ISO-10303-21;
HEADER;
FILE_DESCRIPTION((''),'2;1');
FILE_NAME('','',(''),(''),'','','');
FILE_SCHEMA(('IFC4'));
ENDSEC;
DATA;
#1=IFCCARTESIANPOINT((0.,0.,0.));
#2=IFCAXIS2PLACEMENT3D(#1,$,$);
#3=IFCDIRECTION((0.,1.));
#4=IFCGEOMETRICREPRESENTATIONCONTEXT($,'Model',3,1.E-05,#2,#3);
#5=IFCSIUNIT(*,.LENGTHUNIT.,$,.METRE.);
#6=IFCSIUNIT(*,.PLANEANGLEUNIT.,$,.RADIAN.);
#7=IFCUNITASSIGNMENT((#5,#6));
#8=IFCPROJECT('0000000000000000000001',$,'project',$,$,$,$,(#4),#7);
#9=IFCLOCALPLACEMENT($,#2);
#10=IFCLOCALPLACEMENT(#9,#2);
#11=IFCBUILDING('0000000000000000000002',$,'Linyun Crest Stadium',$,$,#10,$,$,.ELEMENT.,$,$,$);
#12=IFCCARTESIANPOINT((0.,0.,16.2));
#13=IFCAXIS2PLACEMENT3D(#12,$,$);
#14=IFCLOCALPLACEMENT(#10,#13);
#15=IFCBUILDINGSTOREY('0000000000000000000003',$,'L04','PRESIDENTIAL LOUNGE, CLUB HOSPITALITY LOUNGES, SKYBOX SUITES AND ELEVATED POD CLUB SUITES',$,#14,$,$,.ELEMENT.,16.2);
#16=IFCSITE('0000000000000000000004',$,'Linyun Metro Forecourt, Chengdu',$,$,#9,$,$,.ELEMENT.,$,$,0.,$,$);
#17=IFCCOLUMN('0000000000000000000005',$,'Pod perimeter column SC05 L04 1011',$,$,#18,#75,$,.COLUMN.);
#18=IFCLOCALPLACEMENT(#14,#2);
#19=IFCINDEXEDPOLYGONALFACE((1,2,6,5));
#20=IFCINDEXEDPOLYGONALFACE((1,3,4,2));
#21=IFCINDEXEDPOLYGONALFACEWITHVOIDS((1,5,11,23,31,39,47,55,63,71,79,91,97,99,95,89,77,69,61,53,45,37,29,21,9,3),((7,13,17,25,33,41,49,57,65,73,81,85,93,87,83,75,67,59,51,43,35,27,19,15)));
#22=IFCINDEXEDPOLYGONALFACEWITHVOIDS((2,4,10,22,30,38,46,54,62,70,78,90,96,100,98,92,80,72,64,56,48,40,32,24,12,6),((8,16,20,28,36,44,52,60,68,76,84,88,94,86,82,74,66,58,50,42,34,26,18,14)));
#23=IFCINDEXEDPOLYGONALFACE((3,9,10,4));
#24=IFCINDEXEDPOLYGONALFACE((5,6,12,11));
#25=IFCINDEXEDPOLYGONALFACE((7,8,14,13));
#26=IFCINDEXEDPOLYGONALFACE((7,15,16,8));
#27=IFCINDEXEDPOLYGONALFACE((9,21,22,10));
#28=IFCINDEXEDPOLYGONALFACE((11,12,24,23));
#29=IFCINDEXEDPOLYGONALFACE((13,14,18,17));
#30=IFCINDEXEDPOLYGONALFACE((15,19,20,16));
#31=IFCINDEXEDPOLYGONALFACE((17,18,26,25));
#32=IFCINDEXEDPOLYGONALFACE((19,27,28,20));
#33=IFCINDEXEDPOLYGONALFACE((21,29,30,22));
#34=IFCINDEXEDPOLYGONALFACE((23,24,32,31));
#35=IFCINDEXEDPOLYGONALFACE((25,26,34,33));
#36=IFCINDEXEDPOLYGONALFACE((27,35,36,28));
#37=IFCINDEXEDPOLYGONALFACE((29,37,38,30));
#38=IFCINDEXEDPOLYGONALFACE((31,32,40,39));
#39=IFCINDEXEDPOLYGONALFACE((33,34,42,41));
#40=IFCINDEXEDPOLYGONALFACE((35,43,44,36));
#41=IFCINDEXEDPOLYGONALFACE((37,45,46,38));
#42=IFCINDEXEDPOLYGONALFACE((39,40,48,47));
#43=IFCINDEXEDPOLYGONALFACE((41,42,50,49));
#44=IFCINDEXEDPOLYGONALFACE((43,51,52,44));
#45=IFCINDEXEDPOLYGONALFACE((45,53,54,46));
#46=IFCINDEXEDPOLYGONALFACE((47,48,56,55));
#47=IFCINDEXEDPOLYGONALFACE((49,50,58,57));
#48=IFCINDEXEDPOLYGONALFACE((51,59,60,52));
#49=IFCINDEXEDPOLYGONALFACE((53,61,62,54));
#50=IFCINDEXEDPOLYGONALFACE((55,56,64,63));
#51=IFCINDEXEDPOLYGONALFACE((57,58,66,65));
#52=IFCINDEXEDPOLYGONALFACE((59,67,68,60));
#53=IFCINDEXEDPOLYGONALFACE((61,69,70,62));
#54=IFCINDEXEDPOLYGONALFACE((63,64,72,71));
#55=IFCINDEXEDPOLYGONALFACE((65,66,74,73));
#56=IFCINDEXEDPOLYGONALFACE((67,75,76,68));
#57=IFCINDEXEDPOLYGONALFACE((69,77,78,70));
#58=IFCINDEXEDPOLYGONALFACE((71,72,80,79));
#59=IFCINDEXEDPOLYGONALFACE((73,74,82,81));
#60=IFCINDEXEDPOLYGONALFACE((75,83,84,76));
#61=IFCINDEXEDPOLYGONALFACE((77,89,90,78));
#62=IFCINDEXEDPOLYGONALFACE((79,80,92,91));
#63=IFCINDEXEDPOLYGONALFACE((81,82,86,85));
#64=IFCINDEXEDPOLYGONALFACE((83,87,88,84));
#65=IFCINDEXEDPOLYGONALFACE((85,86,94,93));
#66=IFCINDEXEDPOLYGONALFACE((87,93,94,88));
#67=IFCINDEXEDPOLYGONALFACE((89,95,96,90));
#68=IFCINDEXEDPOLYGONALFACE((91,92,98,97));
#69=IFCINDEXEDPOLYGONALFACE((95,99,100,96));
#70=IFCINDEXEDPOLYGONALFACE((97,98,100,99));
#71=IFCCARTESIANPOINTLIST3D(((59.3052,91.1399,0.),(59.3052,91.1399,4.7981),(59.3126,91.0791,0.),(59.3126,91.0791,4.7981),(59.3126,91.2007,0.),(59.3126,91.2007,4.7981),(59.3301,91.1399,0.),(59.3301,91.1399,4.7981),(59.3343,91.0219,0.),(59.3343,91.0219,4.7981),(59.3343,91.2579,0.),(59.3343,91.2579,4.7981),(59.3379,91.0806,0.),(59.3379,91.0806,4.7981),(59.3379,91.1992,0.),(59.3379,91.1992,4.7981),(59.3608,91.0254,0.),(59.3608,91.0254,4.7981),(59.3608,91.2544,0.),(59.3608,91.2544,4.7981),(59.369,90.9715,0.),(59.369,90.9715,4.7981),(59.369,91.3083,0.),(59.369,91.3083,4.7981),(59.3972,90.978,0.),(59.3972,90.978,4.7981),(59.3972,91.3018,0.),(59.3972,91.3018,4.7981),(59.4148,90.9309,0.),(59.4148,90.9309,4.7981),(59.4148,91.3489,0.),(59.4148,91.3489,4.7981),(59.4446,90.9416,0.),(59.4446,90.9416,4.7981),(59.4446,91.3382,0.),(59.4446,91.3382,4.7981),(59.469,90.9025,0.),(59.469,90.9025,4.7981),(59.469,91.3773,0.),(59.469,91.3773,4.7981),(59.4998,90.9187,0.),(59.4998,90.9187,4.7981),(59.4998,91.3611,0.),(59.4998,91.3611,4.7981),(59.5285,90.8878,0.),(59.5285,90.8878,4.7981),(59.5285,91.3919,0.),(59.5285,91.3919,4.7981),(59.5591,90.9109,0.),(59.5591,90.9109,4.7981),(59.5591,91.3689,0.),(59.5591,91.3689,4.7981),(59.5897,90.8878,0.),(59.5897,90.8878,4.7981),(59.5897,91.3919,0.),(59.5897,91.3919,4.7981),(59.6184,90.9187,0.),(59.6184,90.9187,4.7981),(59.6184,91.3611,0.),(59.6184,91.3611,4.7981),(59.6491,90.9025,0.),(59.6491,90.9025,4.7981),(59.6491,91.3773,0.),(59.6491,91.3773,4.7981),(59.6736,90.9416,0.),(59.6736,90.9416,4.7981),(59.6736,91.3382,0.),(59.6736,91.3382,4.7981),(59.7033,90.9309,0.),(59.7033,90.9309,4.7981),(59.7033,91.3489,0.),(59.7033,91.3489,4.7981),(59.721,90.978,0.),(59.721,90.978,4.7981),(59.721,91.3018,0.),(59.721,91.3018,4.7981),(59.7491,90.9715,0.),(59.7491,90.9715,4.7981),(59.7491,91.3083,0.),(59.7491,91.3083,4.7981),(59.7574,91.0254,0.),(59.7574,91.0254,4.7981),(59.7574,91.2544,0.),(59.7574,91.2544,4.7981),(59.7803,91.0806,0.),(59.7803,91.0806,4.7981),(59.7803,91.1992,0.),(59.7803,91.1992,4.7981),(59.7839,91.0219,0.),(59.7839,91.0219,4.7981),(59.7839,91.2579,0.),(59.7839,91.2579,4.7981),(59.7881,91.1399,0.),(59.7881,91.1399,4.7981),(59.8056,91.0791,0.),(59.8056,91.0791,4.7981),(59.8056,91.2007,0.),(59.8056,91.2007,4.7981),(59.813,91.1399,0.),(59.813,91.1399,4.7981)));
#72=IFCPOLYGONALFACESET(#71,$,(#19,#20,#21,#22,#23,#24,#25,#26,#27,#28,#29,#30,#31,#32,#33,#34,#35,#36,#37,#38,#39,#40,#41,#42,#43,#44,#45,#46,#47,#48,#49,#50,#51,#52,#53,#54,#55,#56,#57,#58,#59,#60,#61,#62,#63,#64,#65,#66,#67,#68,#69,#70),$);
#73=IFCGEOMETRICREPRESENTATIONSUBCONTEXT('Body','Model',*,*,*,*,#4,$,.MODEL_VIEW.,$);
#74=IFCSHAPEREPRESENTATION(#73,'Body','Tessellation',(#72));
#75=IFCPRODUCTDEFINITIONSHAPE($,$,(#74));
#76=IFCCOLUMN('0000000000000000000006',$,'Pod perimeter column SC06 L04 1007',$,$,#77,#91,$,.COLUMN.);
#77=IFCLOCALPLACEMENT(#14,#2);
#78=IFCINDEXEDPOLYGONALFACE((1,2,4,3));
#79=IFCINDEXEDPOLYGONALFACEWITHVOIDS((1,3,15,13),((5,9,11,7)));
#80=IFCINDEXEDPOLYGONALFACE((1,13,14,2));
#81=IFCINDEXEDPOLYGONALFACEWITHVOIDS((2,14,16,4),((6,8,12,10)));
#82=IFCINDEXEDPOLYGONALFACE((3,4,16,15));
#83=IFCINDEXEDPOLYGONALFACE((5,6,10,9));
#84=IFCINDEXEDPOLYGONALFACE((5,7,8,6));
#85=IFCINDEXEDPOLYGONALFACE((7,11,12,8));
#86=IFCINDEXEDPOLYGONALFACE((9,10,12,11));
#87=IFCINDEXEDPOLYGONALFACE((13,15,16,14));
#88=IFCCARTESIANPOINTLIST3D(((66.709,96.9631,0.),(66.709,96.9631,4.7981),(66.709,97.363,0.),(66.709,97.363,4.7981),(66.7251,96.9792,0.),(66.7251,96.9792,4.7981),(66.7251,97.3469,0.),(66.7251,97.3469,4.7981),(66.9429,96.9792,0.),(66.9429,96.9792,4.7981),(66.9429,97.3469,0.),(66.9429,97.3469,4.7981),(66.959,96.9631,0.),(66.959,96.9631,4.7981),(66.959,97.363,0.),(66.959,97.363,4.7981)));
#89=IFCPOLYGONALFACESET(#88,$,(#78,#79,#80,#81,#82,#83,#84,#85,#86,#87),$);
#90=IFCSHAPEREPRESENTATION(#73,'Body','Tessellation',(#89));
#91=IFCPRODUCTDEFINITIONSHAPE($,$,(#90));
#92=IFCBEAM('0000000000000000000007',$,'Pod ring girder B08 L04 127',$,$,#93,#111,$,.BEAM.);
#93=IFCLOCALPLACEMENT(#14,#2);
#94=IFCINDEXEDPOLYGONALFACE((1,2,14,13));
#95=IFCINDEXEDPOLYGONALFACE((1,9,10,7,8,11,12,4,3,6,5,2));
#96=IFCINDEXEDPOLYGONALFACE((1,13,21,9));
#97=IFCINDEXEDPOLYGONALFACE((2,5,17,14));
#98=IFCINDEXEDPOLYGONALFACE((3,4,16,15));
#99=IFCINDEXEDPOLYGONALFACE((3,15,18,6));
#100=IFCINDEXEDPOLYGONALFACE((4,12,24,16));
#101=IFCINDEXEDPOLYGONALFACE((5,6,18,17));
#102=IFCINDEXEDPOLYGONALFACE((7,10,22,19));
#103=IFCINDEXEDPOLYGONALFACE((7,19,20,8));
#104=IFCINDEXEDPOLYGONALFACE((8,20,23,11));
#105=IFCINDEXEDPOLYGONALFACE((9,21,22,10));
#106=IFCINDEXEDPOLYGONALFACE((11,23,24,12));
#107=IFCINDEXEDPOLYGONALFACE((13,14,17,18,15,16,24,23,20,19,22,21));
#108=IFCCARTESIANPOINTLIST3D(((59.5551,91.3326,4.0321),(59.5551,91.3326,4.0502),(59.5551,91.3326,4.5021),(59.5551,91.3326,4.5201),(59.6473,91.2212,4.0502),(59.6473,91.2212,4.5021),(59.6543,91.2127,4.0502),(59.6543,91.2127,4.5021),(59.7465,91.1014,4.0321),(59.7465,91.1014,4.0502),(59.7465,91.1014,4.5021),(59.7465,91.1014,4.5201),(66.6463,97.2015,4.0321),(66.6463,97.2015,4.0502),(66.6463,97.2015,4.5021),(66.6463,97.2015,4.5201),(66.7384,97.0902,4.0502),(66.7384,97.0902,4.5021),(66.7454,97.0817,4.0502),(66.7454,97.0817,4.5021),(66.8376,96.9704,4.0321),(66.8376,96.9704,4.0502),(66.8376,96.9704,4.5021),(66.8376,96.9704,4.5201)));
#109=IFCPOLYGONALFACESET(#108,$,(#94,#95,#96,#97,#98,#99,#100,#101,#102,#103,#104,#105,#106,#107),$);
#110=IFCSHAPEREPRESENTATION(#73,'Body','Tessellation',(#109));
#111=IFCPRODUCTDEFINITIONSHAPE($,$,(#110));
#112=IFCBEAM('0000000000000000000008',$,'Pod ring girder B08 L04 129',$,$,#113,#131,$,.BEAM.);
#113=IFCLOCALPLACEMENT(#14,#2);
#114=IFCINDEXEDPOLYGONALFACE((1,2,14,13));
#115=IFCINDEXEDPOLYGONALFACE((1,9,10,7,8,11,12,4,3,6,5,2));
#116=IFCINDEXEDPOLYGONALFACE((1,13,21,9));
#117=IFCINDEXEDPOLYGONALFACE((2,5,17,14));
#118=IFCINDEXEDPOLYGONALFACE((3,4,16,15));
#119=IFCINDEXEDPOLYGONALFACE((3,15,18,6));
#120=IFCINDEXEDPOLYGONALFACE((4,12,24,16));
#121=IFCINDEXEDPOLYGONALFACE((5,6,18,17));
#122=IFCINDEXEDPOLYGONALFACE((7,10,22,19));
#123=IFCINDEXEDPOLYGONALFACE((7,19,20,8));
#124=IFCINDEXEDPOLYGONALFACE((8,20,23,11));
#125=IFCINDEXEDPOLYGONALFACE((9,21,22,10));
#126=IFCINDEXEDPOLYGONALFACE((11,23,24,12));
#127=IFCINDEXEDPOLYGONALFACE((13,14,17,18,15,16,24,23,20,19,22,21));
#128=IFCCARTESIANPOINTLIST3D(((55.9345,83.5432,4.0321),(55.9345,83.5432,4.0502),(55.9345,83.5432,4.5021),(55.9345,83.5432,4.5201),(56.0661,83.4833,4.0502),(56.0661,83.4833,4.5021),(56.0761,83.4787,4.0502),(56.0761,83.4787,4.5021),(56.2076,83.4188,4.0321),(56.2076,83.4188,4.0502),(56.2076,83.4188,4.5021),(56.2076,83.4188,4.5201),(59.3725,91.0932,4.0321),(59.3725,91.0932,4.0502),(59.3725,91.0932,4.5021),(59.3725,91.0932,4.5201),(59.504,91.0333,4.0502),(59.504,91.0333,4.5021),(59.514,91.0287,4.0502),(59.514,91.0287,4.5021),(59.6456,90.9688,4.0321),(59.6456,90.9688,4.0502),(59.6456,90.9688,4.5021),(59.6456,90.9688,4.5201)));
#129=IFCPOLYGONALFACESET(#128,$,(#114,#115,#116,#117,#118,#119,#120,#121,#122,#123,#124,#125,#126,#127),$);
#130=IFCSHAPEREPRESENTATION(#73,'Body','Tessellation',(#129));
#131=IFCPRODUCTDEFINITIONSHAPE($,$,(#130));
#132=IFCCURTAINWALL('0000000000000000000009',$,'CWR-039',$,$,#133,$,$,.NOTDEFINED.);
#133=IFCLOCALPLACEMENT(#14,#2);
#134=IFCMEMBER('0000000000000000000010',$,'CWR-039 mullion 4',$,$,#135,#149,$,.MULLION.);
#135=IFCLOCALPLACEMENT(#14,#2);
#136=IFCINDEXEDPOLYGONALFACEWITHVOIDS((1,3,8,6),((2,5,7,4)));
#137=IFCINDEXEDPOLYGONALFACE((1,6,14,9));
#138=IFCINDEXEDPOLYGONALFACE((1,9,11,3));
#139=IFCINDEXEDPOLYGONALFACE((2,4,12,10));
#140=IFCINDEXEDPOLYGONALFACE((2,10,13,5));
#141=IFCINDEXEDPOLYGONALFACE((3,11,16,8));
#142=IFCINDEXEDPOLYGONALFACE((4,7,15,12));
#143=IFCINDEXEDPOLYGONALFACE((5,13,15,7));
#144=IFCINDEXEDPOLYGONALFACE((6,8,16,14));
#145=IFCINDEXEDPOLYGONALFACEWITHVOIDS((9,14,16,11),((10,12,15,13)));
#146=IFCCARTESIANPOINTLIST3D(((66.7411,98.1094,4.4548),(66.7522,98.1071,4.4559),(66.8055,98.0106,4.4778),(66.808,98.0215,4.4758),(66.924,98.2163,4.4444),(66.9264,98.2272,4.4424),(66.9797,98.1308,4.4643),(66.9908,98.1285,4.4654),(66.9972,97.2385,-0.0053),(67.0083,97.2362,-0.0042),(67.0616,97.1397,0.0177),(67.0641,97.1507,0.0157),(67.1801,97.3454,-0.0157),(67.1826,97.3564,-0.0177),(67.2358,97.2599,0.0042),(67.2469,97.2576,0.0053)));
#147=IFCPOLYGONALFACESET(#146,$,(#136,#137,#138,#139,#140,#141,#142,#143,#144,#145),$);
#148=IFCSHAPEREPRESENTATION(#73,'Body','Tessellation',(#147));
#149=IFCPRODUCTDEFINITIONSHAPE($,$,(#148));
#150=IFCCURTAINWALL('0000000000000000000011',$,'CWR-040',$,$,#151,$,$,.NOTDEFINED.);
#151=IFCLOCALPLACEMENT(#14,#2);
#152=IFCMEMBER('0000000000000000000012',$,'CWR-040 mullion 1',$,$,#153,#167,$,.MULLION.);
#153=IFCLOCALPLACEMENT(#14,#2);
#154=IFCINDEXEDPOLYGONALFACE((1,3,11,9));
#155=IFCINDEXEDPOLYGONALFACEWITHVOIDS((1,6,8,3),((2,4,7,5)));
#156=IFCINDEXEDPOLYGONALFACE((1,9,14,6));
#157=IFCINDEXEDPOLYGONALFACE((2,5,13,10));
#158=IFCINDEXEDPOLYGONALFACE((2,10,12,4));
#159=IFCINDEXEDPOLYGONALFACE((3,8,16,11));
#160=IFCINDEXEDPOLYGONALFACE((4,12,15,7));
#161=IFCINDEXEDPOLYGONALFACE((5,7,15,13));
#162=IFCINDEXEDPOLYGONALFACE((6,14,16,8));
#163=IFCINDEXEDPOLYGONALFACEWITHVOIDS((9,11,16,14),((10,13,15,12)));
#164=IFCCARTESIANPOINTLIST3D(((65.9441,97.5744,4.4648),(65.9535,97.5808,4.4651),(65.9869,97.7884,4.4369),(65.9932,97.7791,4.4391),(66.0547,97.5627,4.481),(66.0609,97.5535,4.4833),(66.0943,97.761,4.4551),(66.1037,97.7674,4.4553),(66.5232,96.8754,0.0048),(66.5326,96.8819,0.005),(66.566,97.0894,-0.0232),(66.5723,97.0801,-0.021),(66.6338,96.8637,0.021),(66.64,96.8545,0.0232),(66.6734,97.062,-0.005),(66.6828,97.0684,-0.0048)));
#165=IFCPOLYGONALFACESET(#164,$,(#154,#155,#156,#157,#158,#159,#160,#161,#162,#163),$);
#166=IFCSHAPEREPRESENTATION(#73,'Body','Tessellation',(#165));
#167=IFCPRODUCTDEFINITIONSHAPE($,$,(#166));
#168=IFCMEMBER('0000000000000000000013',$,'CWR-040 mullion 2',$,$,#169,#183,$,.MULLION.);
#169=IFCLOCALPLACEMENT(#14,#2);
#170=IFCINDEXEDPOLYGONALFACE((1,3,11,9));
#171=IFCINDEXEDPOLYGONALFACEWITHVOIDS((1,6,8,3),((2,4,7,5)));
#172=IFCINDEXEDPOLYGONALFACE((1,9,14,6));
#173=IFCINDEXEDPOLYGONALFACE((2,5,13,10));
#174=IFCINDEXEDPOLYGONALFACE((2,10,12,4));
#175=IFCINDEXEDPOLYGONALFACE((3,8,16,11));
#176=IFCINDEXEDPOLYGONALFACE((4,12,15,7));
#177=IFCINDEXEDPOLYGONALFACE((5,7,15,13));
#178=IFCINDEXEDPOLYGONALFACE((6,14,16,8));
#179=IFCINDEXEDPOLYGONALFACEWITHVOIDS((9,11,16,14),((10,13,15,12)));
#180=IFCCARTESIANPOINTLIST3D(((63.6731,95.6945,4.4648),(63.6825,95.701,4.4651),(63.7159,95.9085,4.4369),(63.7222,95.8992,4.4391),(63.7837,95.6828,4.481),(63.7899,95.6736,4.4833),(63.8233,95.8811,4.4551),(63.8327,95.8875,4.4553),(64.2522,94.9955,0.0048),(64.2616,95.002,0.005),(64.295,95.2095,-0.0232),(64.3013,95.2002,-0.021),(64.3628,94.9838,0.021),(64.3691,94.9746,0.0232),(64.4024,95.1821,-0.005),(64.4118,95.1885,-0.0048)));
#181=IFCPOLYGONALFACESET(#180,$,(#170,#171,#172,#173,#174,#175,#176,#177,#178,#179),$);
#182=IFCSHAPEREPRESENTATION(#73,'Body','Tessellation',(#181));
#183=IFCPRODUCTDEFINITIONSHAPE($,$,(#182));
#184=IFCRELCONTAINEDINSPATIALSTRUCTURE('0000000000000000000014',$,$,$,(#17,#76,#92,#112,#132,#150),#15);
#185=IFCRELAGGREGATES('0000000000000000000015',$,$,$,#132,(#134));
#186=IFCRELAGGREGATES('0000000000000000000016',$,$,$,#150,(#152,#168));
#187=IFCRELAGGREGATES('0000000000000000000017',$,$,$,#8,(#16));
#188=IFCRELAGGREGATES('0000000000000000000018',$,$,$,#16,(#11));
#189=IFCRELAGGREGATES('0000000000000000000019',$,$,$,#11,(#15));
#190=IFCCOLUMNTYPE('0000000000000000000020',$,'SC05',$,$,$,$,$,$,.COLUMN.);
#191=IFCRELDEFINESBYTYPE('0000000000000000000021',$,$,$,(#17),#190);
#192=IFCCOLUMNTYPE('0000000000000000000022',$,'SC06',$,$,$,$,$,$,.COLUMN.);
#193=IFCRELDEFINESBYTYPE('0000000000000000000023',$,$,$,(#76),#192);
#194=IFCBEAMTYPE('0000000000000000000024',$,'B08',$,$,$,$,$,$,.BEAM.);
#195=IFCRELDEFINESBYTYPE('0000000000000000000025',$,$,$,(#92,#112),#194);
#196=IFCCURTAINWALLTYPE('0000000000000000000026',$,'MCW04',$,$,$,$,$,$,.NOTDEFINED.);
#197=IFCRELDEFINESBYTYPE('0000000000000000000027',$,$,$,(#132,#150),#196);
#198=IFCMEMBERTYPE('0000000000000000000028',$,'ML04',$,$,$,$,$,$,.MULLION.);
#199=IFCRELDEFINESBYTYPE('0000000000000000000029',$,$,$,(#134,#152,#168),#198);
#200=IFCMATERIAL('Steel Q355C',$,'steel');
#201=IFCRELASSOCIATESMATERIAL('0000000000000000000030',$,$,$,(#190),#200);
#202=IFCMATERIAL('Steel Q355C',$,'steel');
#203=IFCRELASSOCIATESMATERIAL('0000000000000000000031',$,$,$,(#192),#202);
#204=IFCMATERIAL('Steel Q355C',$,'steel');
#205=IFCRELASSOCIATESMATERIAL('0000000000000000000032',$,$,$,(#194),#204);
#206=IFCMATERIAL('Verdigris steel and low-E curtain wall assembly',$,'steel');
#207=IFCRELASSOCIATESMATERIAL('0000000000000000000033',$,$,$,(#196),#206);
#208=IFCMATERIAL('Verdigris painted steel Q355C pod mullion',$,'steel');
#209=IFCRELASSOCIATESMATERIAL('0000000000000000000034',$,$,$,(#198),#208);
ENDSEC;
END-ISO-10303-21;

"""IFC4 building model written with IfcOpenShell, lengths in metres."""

from ifc_helpers import new_model, si_unit, direction, frame, origin, origin_2d, place, context, subcontext, project, spatial, hollow_rectangle, hollow_circle, i_section, extrude, material, material_profile, profile_set, type_object, element, aggregate, save


model = new_model("IFC4")

# Units and contexts
model_context = context("Model", 3, precision=1e-05, world=origin(), true_north=direction((0.0, 1.0)))
body_context = subcontext(model_context, "Body", "Model", "MODEL_VIEW")
ifc_project = project(units=[si_unit("LENGTHUNIT", "METRE"), si_unit("PLANEANGLEUNIT", "RADIAN")], contexts=[model_context])

# Site, building, storey
site_placement = place(None, origin())
site = spatial("IfcSite", under=ifc_project, at=site_placement, Name="Linyun Metro Forecourt, Chengdu", CompositionType="ELEMENT", RefElevation=0.0)
building_placement = place(site_placement, origin())
building = spatial("IfcBuilding", under=site, at=building_placement, Name="Linyun Crest Stadium", CompositionType="ELEMENT")
storey_placement = place(building_placement, frame((0.0, 0.0, 16.2)))
storey = spatial("IfcBuildingStorey", under=building, at=storey_placement, Name="L04", Description="PRESIDENTIAL LOUNGE, CLUB HOSPITALITY LOUNGES, SKYBOX SUITES AND ELEVATED POD CLUB SUITES", CompositionType="ELEMENT", Elevation=16.2)

# Columns
ifc_material_1 = material(Name="Steel Q355C", Category="steel")
ifc_material_profile_1 = material_profile(ifc_material_1, hollow_circle(Radius=0.2539, WallThickness=0.0249, at=origin_2d()), Name="CHS 508x25")
ifc_profile_set_1 = profile_set([ifc_material_profile_1], Name="Steel Q355C")
column_type_1 = type_object("IfcColumnType", Name="SC05", PredefinedType="COLUMN", material=ifc_profile_set_1)
column_1_placement = place(storey_placement, frame((59.5591, 91.1399, 0.0), z_axis=(0.0, 0.0, 1.0), x_axis=(1.0, 0.0, 0.0)))
element("IfcColumn", 1, at=column_1_placement, inside=storey, type_object=column_type_1, Name="Pod perimeter column SC05 L04 1011", PredefinedType="COLUMN", context=body_context, shape_type="SweptSolid", body=[
    extrude(hollow_circle(Radius=0.2539, WallThickness=0.0249, at=origin_2d()), origin(), (0.0, 0.0, 1.0), 4.7981),
])
ifc_material_2 = material(Name="Steel Q355C", Category="steel")
ifc_material_profile_2 = material_profile(ifc_material_2, hollow_rectangle(XDim=0.25, YDim=0.3999, WallThickness=0.0161, at=origin_2d()), Name="RHS 400x250x16")
ifc_profile_set_2 = profile_set([ifc_material_profile_2], Name="Steel Q355C")
column_type_2 = type_object("IfcColumnType", Name="SC06", PredefinedType="COLUMN", material=ifc_profile_set_2)
column_2_placement = place(storey_placement, frame((66.834, 97.1631, 0.0), z_axis=(0.0, 0.0, 1.0), x_axis=(1.0, 0.0, 0.0)))
element("IfcColumn", 2, at=column_2_placement, inside=storey, type_object=column_type_2, Name="Pod perimeter column SC06 L04 1007", PredefinedType="COLUMN", context=body_context, shape_type="SweptSolid", body=[
    extrude(hollow_rectangle(XDim=0.25, YDim=0.3999, WallThickness=0.0161, at=origin_2d()), origin(), (0.0, 0.0, 1.0), 4.7981),
])

# Beams
ifc_material_3 = material(Name="Steel Q355C", Category="steel")
ifc_material_profile_3 = material_profile(ifc_material_3, i_section(OverallWidth=0.3, OverallDepth=0.488, WebThickness=0.011, FlangeThickness=0.0181, at=origin_2d()), Name="HM 488x300")
ifc_profile_set_3 = profile_set([ifc_material_profile_3], Name="Steel Q355C")
beam_type = type_object("IfcBeamType", Name="B08", PredefinedType="BEAM", material=ifc_profile_set_3)
beam_1_placement = place(storey_placement, frame((66.7419, 97.0859, 4.2761), z_axis=(-0.770371, -0.637595, 0.0), x_axis=(0.637595, -0.770371, 0.0)))
element("IfcBeam", 3, at=beam_1_placement, inside=storey, type_object=beam_type, Name="Pod ring girder B08 L04 127", PredefinedType="BEAM", context=body_context, shape_type="SweptSolid", body=[
    extrude(i_section(OverallWidth=0.3, OverallDepth=0.488, WebThickness=0.011, FlangeThickness=0.0181, at=origin_2d()), origin(), (0.0, 0.0, 1.0), 9.2048),
])
beam_2_placement = place(storey_placement, frame((59.509, 91.031, 4.2761), z_axis=(-0.414417, -0.910087, 0.0), x_axis=(0.910087, -0.414417, 0.0)))
element("IfcBeam", 4, at=beam_2_placement, inside=storey, type_object=beam_type, Name="Pod ring girder B08 L04 129", PredefinedType="BEAM", context=body_context, shape_type="SweptSolid", body=[
    extrude(i_section(OverallWidth=0.3, OverallDepth=0.488, WebThickness=0.011, FlangeThickness=0.0181, at=origin_2d()), origin(), (0.0, 0.0, 1.0), 8.2959),
])

# Curtain wall, member
ifc_material_4 = material(Name="Verdigris steel and low-E curtain wall assembly", Category="steel")
curtain_wall_type = type_object("IfcCurtainWallType", Name="MCW04", PredefinedType="NOTDEFINED", material=ifc_material_4)
curtain_wall_1_placement = place(storey_placement, origin())
curtain_wall_1 = element("IfcCurtainWall", 5, at=curtain_wall_1_placement, inside=storey, type_object=curtain_wall_type, Name="CWR-039", PredefinedType="NOTDEFINED")
ifc_material_5 = material(Name="Verdigris painted steel Q355C pod mullion", Category="steel")
ifc_material_profile_4 = material_profile(ifc_material_5, hollow_rectangle(XDim=0.1201, YDim=0.22, WallThickness=0.0081, at=origin_2d()), Name="RHS 220x120x8")
ifc_profile_set_4 = profile_set([ifc_material_profile_4], Name="Verdigris painted steel Q355C pod mullion")
member_type_1 = type_object("IfcMemberType", Name="ML04", PredefinedType="MULLION", material=ifc_profile_set_4)
member_1_placement = place(storey_placement, frame((67.1221, 97.248, 0.0), z_axis=(-0.056269, 0.191337, 0.97991), x_axis=(-0.535798, 0.82238, -0.191344)))
member_1 = element("IfcMember", 6, at=member_1_placement, type_object=member_type_1, Name="CWR-039 mullion 4", PredefinedType="MULLION", context=body_context, shape_type="SweptSolid", body=[
    extrude(hollow_rectangle(XDim=0.1201, YDim=0.22, WallThickness=0.0081, at=origin_2d()), origin(), (0.0, 0.0, 1.0), 4.5515),
])
aggregate(curtain_wall_1, [member_1])

# Curtain wall, members
curtain_wall_2_placement = place(storey_placement, origin())
curtain_wall_2 = element("IfcCurtainWall", 7, at=curtain_wall_2_placement, inside=storey, type_object=curtain_wall_type, Name="CWR-040", PredefinedType="NOTDEFINED")
member_2_placement = place(storey_placement, frame((66.603, 96.9719, 0.0), z_axis=(-0.127236, 0.153574, 0.979911), x_axis=(-0.972616, 0.174406, -0.153622)))
member_2 = element("IfcMember", 8, at=member_2_placement, type_object=member_type_1, Name="CWR-040 mullion 1", PredefinedType="MULLION", context=body_context, shape_type="SweptSolid", body=[
    extrude(hollow_rectangle(XDim=0.1201, YDim=0.22, WallThickness=0.0081, at=origin_2d()), origin(), (0.0, 0.0, 1.0), 4.5515),
])
member_3_placement = place(storey_placement, frame((64.332, 95.092, 0.0), z_axis=(-0.127236, 0.153574, 0.979911), x_axis=(-0.972616, 0.174406, -0.153622)))
member_3 = element("IfcMember", 9, at=member_3_placement, type_object=member_type_1, Name="CWR-040 mullion 2", PredefinedType="MULLION", context=body_context, shape_type="SweptSolid", body=[
    extrude(hollow_rectangle(XDim=0.1201, YDim=0.22, WallThickness=0.0081, at=origin_2d()), origin(), (0.0, 0.0, 1.0), 4.5515),
])

aggregate(curtain_wall_2, [member_2, member_3])

save(model, "model.ifc")
